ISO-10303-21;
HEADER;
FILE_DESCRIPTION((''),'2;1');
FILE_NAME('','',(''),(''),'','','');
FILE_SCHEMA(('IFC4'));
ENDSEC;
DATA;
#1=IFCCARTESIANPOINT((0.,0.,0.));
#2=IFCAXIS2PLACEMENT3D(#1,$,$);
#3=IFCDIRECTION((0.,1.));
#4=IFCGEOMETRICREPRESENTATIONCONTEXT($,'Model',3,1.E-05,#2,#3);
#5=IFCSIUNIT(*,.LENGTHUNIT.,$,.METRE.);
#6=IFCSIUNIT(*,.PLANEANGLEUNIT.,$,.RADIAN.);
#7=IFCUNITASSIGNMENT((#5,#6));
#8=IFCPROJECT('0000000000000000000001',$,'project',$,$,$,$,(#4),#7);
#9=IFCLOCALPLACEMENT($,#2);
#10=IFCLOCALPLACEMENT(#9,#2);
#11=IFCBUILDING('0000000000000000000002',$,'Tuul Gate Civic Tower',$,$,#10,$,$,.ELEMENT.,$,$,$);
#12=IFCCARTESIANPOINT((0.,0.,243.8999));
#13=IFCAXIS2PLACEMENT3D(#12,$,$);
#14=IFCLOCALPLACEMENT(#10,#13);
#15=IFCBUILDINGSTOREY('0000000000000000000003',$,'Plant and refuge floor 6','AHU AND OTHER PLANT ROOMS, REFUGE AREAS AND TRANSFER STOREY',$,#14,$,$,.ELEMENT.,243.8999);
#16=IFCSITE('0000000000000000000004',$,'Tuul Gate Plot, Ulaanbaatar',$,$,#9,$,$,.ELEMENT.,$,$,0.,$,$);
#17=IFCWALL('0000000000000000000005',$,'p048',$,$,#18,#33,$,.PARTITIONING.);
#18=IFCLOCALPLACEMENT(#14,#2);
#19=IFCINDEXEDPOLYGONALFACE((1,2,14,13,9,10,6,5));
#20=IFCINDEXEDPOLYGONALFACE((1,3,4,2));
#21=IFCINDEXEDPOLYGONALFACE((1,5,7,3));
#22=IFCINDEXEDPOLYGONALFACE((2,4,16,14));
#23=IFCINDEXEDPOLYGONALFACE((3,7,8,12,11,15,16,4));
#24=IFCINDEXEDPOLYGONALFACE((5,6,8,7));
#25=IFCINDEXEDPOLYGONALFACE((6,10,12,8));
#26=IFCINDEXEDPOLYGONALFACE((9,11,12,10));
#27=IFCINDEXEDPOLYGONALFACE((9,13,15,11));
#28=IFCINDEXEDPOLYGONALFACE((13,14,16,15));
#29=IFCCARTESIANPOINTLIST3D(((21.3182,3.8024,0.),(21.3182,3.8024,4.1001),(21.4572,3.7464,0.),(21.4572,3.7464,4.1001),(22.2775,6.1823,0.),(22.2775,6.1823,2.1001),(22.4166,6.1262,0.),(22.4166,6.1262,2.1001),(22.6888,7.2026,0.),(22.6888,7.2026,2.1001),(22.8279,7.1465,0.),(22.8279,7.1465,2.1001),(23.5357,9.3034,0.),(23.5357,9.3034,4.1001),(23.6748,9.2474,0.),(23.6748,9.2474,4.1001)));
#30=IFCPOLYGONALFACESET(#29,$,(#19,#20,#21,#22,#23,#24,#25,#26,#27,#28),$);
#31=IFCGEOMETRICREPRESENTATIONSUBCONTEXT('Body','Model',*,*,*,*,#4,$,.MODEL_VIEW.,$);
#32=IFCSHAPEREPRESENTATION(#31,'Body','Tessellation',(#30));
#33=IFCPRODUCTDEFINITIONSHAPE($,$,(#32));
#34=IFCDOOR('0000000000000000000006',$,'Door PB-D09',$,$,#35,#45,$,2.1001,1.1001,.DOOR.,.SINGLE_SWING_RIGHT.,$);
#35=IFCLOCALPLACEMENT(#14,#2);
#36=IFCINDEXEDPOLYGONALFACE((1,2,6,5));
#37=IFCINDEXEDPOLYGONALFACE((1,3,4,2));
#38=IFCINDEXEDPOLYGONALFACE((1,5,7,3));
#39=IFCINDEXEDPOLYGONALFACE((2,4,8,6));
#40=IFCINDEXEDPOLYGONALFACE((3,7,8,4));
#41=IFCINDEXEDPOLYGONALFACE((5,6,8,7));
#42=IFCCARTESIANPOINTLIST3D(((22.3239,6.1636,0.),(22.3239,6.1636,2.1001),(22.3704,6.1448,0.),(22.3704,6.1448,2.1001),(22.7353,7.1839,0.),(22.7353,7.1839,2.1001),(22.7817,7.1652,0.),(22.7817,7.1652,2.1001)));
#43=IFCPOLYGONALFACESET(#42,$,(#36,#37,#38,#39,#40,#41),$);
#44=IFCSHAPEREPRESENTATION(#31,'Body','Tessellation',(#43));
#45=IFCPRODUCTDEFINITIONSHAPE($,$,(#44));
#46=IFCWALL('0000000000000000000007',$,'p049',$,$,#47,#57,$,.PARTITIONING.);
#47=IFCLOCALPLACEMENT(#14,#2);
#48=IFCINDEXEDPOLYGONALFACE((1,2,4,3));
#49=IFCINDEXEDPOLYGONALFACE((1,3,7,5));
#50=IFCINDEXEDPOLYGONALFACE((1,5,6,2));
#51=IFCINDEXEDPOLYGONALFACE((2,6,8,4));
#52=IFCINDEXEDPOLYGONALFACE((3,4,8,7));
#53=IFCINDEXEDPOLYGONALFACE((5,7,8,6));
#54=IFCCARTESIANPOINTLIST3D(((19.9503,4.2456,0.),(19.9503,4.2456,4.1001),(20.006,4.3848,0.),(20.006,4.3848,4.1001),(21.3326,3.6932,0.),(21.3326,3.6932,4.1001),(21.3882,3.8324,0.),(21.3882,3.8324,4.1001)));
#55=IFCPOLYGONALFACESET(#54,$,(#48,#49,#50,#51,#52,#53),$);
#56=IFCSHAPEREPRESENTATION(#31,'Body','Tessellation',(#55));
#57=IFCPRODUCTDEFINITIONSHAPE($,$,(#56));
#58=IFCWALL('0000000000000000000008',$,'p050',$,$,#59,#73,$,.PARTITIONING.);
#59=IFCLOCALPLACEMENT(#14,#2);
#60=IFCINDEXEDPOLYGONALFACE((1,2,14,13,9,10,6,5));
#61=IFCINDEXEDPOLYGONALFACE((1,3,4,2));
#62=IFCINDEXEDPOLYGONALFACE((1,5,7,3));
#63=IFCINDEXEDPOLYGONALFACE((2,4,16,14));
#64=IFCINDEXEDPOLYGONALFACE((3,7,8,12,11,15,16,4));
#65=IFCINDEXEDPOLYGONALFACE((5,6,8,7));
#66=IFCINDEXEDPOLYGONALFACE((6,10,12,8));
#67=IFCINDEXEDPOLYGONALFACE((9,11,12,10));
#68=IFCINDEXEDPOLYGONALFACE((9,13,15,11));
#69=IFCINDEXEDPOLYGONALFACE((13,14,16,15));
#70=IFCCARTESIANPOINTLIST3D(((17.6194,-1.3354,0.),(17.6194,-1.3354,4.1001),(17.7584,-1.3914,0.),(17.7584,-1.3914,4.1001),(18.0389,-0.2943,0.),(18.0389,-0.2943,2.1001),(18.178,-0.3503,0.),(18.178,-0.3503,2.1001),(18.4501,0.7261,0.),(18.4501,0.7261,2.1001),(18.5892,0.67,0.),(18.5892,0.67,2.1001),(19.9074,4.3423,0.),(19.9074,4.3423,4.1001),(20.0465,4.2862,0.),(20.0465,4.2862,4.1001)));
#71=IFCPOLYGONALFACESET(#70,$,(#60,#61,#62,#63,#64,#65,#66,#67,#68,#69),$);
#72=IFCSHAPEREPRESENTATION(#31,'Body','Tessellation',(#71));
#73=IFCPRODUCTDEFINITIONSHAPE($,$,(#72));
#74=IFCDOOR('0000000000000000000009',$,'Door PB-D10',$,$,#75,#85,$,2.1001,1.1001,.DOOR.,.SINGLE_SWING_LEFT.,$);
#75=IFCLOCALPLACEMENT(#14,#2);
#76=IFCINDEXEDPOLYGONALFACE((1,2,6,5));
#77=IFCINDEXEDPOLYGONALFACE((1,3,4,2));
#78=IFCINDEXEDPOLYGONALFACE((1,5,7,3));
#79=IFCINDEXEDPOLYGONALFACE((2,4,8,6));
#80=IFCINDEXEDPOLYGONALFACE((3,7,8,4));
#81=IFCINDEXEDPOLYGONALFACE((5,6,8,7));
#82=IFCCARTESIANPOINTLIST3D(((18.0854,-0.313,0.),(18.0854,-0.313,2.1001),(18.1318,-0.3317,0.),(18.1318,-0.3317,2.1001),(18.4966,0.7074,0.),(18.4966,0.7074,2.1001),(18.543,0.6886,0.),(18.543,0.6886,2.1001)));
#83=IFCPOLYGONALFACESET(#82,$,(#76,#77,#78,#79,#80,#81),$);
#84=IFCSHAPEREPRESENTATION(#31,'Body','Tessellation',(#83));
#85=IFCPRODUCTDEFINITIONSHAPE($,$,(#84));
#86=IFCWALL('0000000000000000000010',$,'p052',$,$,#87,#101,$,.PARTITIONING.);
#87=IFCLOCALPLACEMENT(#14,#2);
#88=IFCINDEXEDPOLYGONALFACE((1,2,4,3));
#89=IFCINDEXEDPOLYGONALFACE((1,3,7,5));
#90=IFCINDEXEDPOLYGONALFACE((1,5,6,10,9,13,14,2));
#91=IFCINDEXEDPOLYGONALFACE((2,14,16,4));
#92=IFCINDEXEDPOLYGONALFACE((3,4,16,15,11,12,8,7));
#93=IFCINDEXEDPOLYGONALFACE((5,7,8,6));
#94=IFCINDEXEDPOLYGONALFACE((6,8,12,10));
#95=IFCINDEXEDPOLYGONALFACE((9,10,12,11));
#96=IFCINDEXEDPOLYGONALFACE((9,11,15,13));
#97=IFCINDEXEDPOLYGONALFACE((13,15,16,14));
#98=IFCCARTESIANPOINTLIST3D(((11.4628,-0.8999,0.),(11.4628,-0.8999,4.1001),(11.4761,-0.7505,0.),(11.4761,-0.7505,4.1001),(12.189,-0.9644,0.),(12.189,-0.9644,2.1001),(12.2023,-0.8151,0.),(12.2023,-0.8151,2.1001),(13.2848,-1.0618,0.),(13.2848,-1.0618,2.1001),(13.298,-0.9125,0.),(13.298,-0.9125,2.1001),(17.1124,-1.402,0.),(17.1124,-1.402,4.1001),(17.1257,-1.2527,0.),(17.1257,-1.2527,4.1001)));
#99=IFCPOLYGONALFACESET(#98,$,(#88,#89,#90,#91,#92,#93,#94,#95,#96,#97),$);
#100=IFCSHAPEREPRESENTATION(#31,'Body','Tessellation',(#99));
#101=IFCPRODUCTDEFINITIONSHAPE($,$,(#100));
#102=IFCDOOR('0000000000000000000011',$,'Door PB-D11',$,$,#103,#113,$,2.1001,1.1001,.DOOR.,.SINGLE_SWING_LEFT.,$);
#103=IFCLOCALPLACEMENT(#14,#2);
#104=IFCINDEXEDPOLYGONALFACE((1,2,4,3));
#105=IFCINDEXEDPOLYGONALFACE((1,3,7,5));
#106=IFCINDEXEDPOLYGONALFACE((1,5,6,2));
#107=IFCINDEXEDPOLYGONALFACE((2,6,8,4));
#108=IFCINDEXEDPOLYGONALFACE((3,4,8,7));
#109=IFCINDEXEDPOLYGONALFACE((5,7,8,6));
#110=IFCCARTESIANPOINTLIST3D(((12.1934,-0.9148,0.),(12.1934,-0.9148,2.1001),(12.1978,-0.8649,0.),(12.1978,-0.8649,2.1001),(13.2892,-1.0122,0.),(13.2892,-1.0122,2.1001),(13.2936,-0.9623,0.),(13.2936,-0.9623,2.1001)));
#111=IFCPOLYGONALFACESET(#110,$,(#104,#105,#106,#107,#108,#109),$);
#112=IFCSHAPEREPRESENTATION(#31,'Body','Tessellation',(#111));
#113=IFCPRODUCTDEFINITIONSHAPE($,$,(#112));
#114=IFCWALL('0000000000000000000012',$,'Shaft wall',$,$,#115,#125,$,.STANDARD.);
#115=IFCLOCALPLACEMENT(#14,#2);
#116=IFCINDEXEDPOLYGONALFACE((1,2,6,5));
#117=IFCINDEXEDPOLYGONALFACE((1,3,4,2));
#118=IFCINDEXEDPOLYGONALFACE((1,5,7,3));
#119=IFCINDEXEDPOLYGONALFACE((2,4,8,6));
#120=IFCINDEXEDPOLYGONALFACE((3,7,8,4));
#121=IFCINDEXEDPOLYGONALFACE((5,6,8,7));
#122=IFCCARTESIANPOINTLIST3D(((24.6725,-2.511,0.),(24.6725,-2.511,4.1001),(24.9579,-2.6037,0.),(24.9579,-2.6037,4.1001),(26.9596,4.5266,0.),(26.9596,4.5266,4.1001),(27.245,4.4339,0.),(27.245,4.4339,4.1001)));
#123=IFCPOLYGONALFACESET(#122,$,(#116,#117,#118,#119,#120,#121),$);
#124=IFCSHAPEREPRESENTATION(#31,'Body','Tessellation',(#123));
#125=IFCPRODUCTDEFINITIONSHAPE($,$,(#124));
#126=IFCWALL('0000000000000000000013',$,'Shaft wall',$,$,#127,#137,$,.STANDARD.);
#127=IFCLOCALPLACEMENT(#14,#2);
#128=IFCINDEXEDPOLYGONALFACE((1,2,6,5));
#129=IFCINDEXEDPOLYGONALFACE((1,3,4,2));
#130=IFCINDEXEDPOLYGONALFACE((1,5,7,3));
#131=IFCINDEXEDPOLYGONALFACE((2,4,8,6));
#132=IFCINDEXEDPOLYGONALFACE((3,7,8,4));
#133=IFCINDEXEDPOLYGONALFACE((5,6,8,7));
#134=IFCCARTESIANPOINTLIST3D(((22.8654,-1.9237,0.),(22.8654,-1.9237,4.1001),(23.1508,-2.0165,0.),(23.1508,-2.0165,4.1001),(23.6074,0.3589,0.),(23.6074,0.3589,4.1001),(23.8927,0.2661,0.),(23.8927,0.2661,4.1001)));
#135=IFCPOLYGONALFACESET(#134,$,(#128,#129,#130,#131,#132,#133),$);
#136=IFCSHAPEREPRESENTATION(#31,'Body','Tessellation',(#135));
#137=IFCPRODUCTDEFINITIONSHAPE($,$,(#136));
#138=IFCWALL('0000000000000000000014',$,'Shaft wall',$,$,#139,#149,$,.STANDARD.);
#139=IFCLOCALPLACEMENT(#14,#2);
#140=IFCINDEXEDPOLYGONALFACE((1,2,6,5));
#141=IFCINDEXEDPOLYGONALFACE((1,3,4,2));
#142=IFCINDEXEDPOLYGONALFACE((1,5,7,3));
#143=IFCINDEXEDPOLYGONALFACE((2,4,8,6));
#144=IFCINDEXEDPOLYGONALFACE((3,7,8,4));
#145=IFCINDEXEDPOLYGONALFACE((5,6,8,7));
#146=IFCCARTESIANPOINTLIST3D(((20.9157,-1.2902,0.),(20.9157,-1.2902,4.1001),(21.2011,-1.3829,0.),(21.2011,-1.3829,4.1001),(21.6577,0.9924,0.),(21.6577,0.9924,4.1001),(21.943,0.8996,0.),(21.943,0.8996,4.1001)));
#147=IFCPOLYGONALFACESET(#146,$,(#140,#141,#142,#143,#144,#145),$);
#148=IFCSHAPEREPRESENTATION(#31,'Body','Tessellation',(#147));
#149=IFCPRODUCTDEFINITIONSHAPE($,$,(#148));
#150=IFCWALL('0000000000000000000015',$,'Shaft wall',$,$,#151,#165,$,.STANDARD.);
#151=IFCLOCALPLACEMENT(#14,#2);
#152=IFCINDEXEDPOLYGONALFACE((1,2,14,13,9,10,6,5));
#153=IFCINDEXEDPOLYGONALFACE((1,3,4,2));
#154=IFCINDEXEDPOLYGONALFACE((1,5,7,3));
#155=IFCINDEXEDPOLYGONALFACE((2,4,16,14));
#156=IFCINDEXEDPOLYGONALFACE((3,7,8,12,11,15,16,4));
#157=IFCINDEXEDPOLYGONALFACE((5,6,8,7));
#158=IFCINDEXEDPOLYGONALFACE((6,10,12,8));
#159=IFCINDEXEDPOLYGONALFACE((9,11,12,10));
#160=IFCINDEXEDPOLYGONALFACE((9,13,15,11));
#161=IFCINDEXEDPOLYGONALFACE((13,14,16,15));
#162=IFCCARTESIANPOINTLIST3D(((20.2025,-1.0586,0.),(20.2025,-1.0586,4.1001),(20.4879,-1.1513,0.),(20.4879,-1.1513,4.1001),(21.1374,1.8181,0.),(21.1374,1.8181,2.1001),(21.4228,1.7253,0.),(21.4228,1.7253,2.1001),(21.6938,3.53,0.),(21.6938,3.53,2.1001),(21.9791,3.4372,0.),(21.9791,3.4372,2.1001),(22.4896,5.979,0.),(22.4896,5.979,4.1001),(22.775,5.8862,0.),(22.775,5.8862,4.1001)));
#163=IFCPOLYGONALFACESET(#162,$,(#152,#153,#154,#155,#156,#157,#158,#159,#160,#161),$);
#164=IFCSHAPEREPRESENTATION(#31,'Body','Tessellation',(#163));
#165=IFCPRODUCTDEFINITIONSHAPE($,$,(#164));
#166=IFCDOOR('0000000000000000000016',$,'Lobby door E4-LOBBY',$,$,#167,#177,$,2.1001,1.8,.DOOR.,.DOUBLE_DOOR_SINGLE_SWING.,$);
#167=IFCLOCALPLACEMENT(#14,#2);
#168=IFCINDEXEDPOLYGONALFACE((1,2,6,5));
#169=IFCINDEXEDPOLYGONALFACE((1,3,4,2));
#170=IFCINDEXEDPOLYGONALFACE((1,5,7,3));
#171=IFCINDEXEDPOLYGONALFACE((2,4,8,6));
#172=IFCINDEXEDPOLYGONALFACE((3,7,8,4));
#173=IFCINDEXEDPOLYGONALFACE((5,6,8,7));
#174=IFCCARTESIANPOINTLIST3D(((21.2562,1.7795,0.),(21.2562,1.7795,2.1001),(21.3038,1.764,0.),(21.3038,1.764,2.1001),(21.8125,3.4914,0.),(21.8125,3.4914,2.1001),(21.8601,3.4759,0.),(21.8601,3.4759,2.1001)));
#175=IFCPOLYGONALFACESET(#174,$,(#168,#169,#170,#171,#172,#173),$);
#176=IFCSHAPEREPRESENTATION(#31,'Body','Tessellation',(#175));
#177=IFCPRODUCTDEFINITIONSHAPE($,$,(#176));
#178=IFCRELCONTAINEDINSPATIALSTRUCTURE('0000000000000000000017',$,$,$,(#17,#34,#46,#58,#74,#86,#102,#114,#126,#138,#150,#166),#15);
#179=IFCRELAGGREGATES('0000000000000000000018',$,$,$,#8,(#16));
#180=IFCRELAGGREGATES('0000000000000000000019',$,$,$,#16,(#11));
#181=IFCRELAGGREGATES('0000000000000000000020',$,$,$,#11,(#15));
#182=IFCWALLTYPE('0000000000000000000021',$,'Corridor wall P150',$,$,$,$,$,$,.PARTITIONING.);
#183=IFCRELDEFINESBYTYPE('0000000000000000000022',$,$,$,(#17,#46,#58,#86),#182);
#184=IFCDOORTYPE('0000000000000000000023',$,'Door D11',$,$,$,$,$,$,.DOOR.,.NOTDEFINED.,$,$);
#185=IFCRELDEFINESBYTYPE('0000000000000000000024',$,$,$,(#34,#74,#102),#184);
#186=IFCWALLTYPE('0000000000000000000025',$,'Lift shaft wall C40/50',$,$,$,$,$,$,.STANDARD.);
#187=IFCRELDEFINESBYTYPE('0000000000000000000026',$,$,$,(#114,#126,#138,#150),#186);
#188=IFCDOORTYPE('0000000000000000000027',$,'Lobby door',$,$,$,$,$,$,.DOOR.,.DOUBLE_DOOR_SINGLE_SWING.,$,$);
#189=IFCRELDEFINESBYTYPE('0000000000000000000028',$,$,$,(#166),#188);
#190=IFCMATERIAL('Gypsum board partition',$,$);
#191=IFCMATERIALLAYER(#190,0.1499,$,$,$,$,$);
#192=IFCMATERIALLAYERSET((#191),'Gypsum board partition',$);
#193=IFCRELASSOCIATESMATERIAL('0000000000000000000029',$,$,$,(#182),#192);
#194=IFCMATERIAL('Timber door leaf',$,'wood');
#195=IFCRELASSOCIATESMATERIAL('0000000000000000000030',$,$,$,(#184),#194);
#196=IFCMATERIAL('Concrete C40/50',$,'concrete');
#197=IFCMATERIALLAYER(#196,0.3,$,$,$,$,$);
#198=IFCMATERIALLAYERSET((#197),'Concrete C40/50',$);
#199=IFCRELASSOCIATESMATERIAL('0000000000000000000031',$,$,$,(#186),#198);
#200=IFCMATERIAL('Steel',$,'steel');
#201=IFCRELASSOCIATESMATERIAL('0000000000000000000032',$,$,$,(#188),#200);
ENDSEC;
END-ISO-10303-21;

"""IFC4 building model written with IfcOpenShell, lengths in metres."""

from ifc_helpers import new_model, si_unit, direction, frame, frame_2d, origin, place, context, subcontext, project, spatial, rectangle, extrude, material, layer, layer_set, type_object, element, fill, save


model = new_model("IFC4")

# Units and contexts
model_context = context("Model", 3, precision=1e-05, world=origin(), true_north=direction((0.0, 1.0)))
body_context = subcontext(model_context, "Body", "Model", "MODEL_VIEW")
ifc_project = project(units=[si_unit("LENGTHUNIT", "METRE"), si_unit("PLANEANGLEUNIT", "RADIAN")], contexts=[model_context])

# Site, building, storey
site_placement = place(None, origin())
site = spatial("IfcSite", under=ifc_project, at=site_placement, Name="Tuul Gate Plot, Ulaanbaatar", CompositionType="ELEMENT", RefElevation=0.0)
building_placement = place(site_placement, origin())
building = spatial("IfcBuilding", under=site, at=building_placement, Name="Tuul Gate Civic Tower", CompositionType="ELEMENT")
storey_placement = place(building_placement, frame((0.0, 0.0, 243.8999)))
storey = spatial("IfcBuildingStorey", under=building, at=storey_placement, Name="Plant and refuge floor 6", Description="AHU AND OTHER PLANT ROOMS, REFUGE AREAS AND TRANSFER STOREY", CompositionType="ELEMENT", Elevation=243.8999)

# Shared definitions
ifc_material_1 = material(Name="Gypsum board partition")
ifc_layer_1 = layer(ifc_material_1, 0.1499)
ifc_layer_set_1 = layer_set([ifc_layer_1], Name="Gypsum board partition")
wall_type_1 = type_object("IfcWallType", Name="Corridor wall P150", PredefinedType="PARTITIONING", material=ifc_layer_set_1)

# Wall, opening, door
wall_1_placement = place(storey_placement, frame((21.3877, 3.7744, 0.0), z_axis=(0.0, 0.0, 1.0), x_axis=(0.37388, 0.927477, 0.0)))
wall_1 = element("IfcWall", 1, at=wall_1_placement, inside=storey, type_object=wall_type_1, Name="p048", PredefinedType="PARTITIONING", context=body_context, shape_type="SweptSolid", body=[
    extrude(rectangle(XDim=5.9312, YDim=0.1499, at=frame_2d((2.9656, 0.0))), origin(), (0.0, 0.0, 1.0), 4.1001),
])
opening_1_placement = place(wall_1_placement, frame((2.5659, 0.0, 0.0)))
opening_1 = element("IfcOpeningElement", 2, at=opening_1_placement, cuts=wall_1, PredefinedType="OPENING", context=body_context, shape_type="SweptSolid", body=[
    extrude(rectangle(XDim=1.1001, YDim=2.1001, at=frame_2d((0.55, 1.05))), frame((0.0, 0.085, 0.0), z_axis=(0.0, -1.0, 0.0), x_axis=(1.0, 0.0, 0.0)), (0.0, 0.0, 1.0), 0.1699),
])
ifc_material_2 = material(Name="Timber door leaf", Category="wood")
door_type_1 = type_object("IfcDoorType", Name="Door D11", OperationType="NOTDEFINED", PredefinedType="DOOR", material=ifc_material_2)
door_1_placement = place(opening_1_placement, origin())
door_1 = element("IfcDoor", 3, at=door_1_placement, inside=storey, type_object=door_type_1, Name="Door PB-D09", OperationType="SINGLE_SWING_RIGHT", OverallHeight=2.1001, OverallWidth=1.1001, PredefinedType="DOOR", context=body_context, shape_type="SweptSolid", body=[
    extrude(rectangle(XDim=1.1001, YDim=2.1001, at=frame_2d((0.55, 1.05))), frame((0.0, 0.0249, 0.0), z_axis=(0.0, -1.0, 0.0), x_axis=(1.0, 0.0, 0.0)), (0.0, 0.0, 1.0), 0.05),
])
fill(opening_1, door_1)

# Wall
wall_2_placement = place(storey_placement, frame((19.9783, 4.3152, 0.0), z_axis=(0.0, 0.0, 1.0), x_axis=(0.928578, -0.371136, 0.0)))
element("IfcWall", 4, at=wall_2_placement, inside=storey, type_object=wall_type_1, Name="p049", PredefinedType="PARTITIONING", context=body_context, shape_type="SweptSolid", body=[
    extrude(rectangle(XDim=1.4885, YDim=0.1499, at=frame_2d((0.7441, 0.0))), origin(), (0.0, 0.0, 1.0), 4.1001),
])

# Walls, openings, doors
wall_3_placement = place(storey_placement, frame((17.689, -1.3633, 0.0), z_axis=(0.0, 0.0, 1.0), x_axis=(0.373782, 0.927516, 0.0)))
wall_3 = element("IfcWall", 5, at=wall_3_placement, inside=storey, type_object=wall_type_1, Name="p050", PredefinedType="PARTITIONING", context=body_context, shape_type="SweptSolid", body=[
    extrude(rectangle(XDim=6.1213, YDim=0.1499, at=frame_2d((3.0605, 0.0))), origin(), (0.0, 0.0, 1.0), 4.1001),
])
opening_2_placement = place(wall_3_placement, frame((1.1223, 0.0, 0.0)))
opening_2 = element("IfcOpeningElement", 6, at=opening_2_placement, cuts=wall_3, PredefinedType="OPENING", context=body_context, shape_type="SweptSolid", body=[
    extrude(rectangle(XDim=1.1001, YDim=2.1001, at=frame_2d((0.55, 1.05))), frame((0.0, 0.085, 0.0), z_axis=(0.0, -1.0, 0.0), x_axis=(1.0, 0.0, 0.0)), (0.0, 0.0, 1.0), 0.1699),
])
door_2_placement = place(opening_2_placement, origin())
door_2 = element("IfcDoor", 7, at=door_2_placement, inside=storey, type_object=door_type_1, Name="Door PB-D10", OperationType="SINGLE_SWING_LEFT", OverallHeight=2.1001, OverallWidth=1.1001, PredefinedType="DOOR", context=body_context, shape_type="SweptSolid", body=[
    extrude(rectangle(XDim=1.1001, YDim=2.1001, at=frame_2d((0.55, 1.05))), frame((0.0, 0.0249, 0.0), z_axis=(0.0, -1.0, 0.0), x_axis=(1.0, 0.0, 0.0)), (0.0, 0.0, 1.0), 0.05),
])
fill(opening_2, door_2)
wall_4_placement = place(storey_placement, frame((11.4695, -0.8252, 0.0), z_axis=(0.0, 0.0, 1.0), x_axis=(0.996073, -0.088541, 0.0)))
wall_4 = element("IfcWall", 8, at=wall_4_placement, inside=storey, type_object=wall_type_1, Name="p052", PredefinedType="PARTITIONING", context=body_context, shape_type="SweptSolid", body=[
    extrude(rectangle(XDim=5.6719, YDim=0.1499, at=frame_2d((2.8359, 0.0))), origin(), (0.0, 0.0, 1.0), 4.1001),
])
opening_3_placement = place(wall_4_placement, frame((0.729, 0.0, 0.0)))
opening_3 = element("IfcOpeningElement", 9, at=opening_3_placement, cuts=wall_4, PredefinedType="OPENING", context=body_context, shape_type="SweptSolid", body=[
    extrude(rectangle(XDim=1.1001, YDim=2.1001, at=frame_2d((0.55, 1.05))), frame((0.0, 0.085, 0.0), z_axis=(0.0, -1.0, 0.0), x_axis=(1.0, 0.0, 0.0)), (0.0, 0.0, 1.0), 0.1699),
])
door_3_placement = place(opening_3_placement, origin())
door_3 = element("IfcDoor", 10, at=door_3_placement, inside=storey, type_object=door_type_1, Name="Door PB-D11", OperationType="SINGLE_SWING_LEFT", OverallHeight=2.1001, OverallWidth=1.1001, PredefinedType="DOOR", context=body_context, shape_type="SweptSolid", body=[
    extrude(rectangle(XDim=1.1001, YDim=2.1001, at=frame_2d((0.55, 1.05))), frame((0.0, 0.0249, 0.0), z_axis=(0.0, -1.0, 0.0), x_axis=(1.0, 0.0, 0.0)), (0.0, 0.0, 1.0), 0.05),
])
fill(opening_3, door_3)

# Walls
ifc_material_3 = material(Name="Concrete C40/50", Category="concrete")
ifc_layer_2 = layer(ifc_material_3, 0.3)
ifc_layer_set_2 = layer_set([ifc_layer_2], Name="Concrete C40/50")
wall_type_2 = type_object("IfcWallType", Name="Lift shaft wall C40/50", PredefinedType="STANDARD", material=ifc_layer_set_2)
wall_5_placement = place(storey_placement, frame((24.8152, -2.5574, 0.0), z_axis=(0.0, 0.0, 1.0), x_axis=(0.309073, 0.951038, 0.0)))
element("IfcWall", 11, at=wall_5_placement, inside=storey, type_object=wall_type_2, Name="Shaft wall", PredefinedType="STANDARD", context=body_context, shape_type="SweptSolid", body=[
    extrude(rectangle(XDim=7.3999, YDim=0.3, at=frame_2d((3.7, 0.0))), origin(), (0.0, 0.0, 1.0), 4.1001),
])
for number, where, z_axis, x_axis, name in (
    (12, (23.0081, -1.9702, 0.0), (0.0, 0.0, 1.0), (0.309139, 0.951017, 0.0), "Shaft wall"),
    (13, (21.0583, -1.3367, 0.0), (0.0, 0.0, 1.0), (0.309139, 0.951017, 0.0), "Shaft wall"),
):
    element("IfcWall", number, at=place(storey_placement, frame(where, z_axis=z_axis, x_axis=x_axis)), inside=storey, type_object=wall_type_2, Name=name, PredefinedType="STANDARD", context=body_context, shape_type="SweptSolid", body=[
        extrude(rectangle(XDim=2.4001, YDim=0.3, at=frame_2d((1.2002, 0.0))), origin(), (0.0, 0.0, 1.0), 4.1001),
    ])

# Wall, opening, door
wall_6_placement = place(storey_placement, frame((20.3452, -1.105, 0.0), z_axis=(0.0, 0.0, 1.0), x_axis=(0.309073, 0.951038, 0.0)))
wall_6 = element("IfcWall", 14, at=wall_6_placement, inside=storey, type_object=wall_type_2, Name="Shaft wall", PredefinedType="STANDARD", context=body_context, shape_type="SweptSolid", body=[
    extrude(rectangle(XDim=7.3999, YDim=0.3, at=frame_2d((3.7, 0.0))), origin(), (0.0, 0.0, 1.0), 4.1001),
])
opening_4_placement = place(wall_6_placement, frame((3.0249, 0.0, 0.0)))
opening_4 = element("IfcOpeningElement", 15, at=opening_4_placement, cuts=wall_6, PredefinedType="OPENING", context=body_context, shape_type="SweptSolid", body=[
    extrude(rectangle(XDim=1.8, YDim=2.1001, at=frame_2d((0.8999, 1.05))), frame((0.0, 0.1602, 0.0), z_axis=(0.0, -1.0, 0.0), x_axis=(1.0, 0.0, 0.0)), (0.0, 0.0, 1.0), 0.3201),
])
ifc_material_4 = material(Name="Steel", Category="steel")
door_type_2 = type_object("IfcDoorType", Name="Lobby door", OperationType="DOUBLE_DOOR_SINGLE_SWING", PredefinedType="DOOR", material=ifc_material_4)
door_4_placement = place(opening_4_placement, frame((1.8, 0.0, 0.0), z_axis=(0.0, 0.0, 1.0), x_axis=(-1.0, 0.0, 0.0)))
door_4 = element("IfcDoor", 16, at=door_4_placement, inside=storey, type_object=door_type_2, Name="Lobby door E4-LOBBY", OperationType="DOUBLE_DOOR_SINGLE_SWING", OverallHeight=2.1001, OverallWidth=1.8, PredefinedType="DOOR", context=body_context, shape_type="SweptSolid", body=[
    extrude(rectangle(XDim=1.8, YDim=2.1001, at=frame_2d((0.9001, 1.05))), frame((0.0, 0.0249, 0.0), z_axis=(0.0, -1.0, 0.0), x_axis=(1.0, 0.0, 0.0)), (0.0, 0.0, 1.0), 0.05),
])
fill(opening_4, door_4)

save(model, "model.ifc")
